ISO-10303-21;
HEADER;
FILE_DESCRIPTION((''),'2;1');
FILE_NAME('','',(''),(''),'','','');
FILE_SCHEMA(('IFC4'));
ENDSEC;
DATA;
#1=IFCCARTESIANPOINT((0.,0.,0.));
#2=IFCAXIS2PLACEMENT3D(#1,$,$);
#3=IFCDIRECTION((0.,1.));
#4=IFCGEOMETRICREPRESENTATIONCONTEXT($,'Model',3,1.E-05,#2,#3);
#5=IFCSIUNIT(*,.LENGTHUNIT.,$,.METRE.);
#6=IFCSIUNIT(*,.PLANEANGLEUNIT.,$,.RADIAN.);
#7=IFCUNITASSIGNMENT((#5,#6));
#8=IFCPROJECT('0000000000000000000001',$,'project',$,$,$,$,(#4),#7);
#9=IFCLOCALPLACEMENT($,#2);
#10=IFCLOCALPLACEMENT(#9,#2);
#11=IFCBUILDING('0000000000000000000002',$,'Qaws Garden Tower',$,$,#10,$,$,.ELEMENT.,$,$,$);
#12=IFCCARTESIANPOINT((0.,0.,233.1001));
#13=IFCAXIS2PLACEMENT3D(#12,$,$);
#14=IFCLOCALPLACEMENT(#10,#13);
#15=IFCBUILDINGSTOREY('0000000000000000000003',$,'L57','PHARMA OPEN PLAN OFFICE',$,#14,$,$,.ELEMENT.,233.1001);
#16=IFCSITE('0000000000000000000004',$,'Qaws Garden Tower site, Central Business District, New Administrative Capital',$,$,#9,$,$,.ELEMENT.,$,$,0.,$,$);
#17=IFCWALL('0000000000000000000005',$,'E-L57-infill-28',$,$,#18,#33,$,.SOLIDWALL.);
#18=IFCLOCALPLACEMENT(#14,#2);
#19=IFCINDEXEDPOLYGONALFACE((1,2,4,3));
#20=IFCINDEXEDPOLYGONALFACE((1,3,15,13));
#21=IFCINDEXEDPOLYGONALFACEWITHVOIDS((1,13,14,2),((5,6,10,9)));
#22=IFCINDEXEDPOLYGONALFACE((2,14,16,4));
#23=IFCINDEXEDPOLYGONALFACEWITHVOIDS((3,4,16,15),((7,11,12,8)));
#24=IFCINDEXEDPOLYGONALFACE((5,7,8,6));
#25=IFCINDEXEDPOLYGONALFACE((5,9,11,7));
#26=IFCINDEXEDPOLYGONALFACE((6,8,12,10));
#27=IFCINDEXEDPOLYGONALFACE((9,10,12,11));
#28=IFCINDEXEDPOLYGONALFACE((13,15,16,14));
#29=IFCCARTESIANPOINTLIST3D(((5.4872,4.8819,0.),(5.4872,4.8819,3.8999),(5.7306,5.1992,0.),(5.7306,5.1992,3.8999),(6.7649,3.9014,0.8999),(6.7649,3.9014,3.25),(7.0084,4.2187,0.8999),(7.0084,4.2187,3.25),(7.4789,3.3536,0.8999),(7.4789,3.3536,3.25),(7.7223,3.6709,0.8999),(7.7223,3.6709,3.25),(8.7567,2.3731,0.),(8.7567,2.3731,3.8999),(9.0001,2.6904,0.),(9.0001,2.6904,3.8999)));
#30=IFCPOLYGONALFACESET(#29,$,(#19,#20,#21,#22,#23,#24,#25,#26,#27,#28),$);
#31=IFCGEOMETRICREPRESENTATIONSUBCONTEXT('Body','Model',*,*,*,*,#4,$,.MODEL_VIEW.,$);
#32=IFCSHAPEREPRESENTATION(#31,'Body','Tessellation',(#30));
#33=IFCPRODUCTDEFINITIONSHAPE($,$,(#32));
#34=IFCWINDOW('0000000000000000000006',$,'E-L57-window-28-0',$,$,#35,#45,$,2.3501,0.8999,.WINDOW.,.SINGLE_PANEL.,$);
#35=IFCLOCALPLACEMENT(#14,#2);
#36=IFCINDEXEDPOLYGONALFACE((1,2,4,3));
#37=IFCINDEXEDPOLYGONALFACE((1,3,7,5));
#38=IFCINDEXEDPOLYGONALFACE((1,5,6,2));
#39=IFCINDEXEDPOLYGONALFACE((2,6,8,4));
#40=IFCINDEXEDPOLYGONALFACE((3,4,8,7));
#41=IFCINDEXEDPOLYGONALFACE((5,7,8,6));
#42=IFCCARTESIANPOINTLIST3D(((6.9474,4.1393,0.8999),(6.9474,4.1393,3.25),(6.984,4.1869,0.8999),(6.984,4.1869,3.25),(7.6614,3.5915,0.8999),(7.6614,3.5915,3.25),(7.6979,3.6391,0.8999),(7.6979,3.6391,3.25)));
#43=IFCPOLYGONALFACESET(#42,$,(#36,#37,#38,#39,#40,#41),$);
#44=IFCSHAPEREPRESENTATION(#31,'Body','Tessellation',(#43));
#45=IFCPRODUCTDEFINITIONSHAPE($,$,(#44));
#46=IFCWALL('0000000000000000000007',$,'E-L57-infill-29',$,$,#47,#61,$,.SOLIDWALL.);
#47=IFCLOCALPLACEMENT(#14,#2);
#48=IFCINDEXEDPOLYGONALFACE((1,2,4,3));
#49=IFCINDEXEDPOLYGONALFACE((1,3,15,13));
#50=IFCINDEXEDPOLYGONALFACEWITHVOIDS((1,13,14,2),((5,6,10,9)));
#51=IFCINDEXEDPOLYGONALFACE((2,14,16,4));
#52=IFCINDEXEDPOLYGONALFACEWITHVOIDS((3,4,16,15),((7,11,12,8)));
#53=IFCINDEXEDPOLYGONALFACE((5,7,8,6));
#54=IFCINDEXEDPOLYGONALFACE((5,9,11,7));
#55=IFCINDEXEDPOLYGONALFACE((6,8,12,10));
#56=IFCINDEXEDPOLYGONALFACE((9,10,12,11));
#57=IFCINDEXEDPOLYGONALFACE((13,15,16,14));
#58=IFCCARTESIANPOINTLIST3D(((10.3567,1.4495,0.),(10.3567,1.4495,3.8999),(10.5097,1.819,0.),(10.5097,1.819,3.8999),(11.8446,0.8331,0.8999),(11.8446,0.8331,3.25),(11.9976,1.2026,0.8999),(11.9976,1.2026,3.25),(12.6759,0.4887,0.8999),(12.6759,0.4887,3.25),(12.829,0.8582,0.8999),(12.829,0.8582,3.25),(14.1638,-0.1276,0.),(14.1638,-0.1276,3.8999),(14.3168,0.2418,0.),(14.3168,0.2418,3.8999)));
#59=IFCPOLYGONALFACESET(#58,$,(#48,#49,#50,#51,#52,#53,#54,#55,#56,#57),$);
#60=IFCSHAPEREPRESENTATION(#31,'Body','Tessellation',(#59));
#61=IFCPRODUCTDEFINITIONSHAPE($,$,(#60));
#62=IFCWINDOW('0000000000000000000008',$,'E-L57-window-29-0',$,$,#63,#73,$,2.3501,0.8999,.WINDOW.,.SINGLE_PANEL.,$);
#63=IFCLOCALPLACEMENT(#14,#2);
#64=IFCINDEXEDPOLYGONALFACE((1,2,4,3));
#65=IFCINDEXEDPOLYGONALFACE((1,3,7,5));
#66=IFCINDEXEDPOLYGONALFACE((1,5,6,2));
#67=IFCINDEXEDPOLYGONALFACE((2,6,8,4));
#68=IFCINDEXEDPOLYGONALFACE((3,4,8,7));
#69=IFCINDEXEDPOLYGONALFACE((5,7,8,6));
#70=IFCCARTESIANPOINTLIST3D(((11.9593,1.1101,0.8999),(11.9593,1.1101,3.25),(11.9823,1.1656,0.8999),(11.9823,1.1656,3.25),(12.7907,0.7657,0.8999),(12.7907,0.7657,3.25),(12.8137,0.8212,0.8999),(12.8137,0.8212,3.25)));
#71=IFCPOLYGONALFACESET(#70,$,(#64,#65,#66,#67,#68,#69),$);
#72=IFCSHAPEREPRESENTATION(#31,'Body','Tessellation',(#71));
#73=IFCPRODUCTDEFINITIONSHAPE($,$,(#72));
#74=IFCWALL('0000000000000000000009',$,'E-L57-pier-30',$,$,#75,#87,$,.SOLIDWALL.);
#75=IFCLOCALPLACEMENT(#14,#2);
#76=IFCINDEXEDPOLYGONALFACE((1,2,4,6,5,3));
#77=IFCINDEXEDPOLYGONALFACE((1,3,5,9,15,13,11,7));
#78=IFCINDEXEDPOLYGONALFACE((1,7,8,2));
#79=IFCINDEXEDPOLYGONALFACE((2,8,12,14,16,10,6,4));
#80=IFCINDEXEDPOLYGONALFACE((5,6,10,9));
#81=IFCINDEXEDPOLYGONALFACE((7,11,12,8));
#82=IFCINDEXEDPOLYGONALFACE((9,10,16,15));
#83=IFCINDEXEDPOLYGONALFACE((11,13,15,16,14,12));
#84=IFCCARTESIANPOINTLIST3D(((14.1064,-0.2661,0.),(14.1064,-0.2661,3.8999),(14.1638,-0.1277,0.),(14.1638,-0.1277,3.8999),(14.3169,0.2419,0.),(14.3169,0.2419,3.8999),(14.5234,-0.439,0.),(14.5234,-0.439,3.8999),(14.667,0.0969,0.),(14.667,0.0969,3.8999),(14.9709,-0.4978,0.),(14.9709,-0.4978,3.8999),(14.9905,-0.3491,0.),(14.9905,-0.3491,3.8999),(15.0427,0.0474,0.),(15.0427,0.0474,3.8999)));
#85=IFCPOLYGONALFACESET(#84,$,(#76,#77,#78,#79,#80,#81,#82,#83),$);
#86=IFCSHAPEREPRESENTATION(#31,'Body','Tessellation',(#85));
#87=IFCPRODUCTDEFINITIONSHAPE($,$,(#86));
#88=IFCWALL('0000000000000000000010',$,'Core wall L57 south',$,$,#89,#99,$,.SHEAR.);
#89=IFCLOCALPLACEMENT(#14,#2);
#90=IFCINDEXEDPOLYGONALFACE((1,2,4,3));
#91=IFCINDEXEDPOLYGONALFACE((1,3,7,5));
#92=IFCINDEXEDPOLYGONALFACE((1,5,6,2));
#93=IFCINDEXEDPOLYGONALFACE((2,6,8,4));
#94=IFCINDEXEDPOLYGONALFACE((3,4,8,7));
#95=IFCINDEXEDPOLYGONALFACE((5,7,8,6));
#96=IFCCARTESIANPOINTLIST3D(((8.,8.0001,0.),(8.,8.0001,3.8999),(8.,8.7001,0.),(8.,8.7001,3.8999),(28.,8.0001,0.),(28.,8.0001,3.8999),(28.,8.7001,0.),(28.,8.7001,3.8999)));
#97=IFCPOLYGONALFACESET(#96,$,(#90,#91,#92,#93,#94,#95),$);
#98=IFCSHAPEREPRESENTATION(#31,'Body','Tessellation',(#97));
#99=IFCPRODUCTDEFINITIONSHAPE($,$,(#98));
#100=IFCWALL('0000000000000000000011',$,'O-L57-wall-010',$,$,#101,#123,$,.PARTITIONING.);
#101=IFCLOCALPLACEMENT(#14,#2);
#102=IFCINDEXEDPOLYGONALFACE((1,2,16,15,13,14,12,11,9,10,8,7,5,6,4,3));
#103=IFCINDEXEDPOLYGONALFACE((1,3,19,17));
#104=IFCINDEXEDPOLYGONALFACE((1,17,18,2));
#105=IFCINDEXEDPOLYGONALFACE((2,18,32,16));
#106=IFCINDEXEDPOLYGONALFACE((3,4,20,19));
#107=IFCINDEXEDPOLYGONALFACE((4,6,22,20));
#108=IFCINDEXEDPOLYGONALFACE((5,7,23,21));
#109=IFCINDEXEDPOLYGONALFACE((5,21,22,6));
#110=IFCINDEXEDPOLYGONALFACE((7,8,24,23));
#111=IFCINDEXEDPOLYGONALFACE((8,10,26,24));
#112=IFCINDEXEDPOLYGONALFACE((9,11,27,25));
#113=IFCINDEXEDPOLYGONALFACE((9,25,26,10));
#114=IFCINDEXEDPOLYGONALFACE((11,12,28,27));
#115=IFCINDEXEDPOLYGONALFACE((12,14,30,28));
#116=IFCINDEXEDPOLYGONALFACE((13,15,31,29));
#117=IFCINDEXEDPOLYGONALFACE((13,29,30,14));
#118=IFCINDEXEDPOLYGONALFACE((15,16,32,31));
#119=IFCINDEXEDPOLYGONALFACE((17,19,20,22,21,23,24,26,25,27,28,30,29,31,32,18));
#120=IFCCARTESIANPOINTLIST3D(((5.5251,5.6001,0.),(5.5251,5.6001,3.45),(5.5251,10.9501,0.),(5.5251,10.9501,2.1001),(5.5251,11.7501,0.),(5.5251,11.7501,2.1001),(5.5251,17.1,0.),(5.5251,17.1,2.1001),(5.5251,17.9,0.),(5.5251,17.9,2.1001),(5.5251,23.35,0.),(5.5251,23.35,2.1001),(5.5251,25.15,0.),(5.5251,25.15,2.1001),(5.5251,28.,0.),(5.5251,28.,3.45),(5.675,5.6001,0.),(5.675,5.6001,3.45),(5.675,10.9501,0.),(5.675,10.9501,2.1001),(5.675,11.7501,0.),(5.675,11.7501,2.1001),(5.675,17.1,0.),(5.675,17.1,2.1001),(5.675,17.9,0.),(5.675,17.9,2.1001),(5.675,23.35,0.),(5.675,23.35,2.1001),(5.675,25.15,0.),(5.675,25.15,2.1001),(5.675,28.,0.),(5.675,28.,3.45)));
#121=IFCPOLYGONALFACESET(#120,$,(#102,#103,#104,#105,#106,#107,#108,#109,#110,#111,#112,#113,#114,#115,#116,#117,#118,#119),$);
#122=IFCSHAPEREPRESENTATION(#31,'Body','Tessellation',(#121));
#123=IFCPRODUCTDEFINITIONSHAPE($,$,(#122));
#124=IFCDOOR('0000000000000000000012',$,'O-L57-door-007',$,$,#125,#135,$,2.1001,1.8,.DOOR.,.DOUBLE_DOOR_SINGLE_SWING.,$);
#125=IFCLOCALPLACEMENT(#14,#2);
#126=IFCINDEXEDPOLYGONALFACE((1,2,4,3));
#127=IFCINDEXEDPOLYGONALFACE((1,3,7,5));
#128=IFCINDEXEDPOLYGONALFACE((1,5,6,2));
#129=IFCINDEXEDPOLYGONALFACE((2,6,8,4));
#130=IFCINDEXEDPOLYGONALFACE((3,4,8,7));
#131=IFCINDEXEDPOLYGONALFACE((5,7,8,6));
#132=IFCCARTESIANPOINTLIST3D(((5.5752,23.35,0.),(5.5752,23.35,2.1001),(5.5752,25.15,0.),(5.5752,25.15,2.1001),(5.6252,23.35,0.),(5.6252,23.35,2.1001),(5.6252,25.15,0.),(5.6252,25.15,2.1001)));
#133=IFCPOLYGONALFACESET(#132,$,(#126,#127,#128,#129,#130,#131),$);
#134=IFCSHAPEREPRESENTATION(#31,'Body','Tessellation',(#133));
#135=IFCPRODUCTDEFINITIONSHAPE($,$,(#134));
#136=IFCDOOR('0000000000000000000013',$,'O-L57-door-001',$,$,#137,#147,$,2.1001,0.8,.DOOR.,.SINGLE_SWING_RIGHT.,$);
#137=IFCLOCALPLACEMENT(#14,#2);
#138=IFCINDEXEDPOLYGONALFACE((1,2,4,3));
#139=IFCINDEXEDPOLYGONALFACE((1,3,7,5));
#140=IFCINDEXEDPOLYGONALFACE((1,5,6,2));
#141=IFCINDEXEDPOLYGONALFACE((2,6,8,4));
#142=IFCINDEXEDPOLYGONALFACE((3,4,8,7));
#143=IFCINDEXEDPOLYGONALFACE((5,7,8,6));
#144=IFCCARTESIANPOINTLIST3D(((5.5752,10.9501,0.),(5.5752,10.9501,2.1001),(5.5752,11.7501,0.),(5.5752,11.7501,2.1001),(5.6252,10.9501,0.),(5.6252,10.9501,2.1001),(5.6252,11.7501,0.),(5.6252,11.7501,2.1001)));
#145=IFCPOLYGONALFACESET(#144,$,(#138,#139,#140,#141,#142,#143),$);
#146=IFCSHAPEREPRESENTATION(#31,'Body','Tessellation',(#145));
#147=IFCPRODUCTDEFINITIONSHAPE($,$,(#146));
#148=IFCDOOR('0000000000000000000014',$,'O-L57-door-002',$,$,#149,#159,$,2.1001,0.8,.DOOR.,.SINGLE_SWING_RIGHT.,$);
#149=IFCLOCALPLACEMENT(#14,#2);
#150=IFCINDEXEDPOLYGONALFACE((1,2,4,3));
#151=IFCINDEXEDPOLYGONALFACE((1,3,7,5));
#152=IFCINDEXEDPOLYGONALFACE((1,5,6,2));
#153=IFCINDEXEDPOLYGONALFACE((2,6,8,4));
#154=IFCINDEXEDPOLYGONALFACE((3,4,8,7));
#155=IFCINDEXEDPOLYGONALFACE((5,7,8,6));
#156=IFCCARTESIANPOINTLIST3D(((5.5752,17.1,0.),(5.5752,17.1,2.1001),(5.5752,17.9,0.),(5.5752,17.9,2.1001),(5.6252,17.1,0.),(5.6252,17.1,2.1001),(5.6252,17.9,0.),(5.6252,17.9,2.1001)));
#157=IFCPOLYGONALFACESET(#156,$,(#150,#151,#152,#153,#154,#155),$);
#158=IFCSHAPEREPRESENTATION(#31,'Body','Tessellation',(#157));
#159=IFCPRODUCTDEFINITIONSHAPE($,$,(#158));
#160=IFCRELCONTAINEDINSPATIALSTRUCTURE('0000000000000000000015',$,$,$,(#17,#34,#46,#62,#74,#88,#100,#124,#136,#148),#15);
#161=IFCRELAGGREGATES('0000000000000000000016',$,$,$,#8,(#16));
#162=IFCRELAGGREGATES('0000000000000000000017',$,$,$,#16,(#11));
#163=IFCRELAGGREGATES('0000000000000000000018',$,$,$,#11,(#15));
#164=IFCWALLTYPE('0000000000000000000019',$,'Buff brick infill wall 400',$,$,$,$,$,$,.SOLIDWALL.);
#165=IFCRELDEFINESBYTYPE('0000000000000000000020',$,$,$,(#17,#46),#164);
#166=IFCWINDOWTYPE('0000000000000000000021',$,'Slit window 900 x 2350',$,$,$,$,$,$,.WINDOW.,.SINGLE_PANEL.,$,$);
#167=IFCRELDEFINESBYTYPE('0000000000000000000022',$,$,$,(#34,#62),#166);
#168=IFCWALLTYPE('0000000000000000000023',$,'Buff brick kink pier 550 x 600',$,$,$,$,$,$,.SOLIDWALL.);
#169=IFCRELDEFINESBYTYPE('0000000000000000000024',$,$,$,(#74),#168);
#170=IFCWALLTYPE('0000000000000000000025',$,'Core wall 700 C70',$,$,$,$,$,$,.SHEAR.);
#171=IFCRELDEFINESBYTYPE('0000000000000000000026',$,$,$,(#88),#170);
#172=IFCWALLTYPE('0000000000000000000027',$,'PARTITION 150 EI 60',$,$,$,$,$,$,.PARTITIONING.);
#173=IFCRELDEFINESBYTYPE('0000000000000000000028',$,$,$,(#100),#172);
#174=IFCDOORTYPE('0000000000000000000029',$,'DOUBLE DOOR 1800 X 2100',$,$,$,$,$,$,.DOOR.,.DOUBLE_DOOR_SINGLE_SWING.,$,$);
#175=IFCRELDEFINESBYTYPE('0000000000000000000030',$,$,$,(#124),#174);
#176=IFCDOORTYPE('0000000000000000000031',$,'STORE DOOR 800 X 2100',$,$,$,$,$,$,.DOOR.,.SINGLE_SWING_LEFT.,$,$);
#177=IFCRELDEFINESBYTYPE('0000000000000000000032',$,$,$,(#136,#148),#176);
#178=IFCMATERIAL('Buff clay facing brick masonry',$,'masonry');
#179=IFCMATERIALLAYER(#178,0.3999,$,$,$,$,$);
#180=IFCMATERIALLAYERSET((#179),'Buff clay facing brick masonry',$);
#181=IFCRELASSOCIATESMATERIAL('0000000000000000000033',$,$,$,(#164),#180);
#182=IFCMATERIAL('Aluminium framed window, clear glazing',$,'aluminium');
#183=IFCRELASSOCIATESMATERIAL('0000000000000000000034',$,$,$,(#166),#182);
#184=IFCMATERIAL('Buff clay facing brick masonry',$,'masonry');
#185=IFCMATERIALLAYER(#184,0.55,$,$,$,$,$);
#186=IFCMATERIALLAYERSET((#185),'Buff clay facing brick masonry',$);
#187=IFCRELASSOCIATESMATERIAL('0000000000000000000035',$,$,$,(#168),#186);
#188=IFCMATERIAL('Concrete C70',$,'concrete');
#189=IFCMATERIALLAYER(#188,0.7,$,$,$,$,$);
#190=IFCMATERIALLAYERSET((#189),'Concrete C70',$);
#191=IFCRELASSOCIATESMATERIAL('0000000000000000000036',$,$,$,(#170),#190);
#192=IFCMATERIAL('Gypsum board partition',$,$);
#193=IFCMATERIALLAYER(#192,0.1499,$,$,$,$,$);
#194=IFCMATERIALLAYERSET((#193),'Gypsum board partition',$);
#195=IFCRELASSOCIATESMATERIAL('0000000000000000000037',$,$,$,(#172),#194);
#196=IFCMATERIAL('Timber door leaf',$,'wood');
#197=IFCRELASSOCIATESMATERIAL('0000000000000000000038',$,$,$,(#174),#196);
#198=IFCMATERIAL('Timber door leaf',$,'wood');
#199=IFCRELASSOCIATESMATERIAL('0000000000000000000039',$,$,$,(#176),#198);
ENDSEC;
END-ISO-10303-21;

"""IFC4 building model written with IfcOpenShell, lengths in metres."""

from ifc_helpers import new_model, si_unit, direction, frame, frame_2d, origin, place, context, subcontext, project, spatial, polyline, rectangle, outline, extrude, material, layer, layer_set, type_object, element, fill, save


model = new_model("IFC4")

# Units and contexts
model_context = context("Model", 3, precision=1e-05, world=origin(), true_north=direction((0.0, 1.0)))
body_context = subcontext(model_context, "Body", "Model", "MODEL_VIEW")
ifc_project = project(units=[si_unit("LENGTHUNIT", "METRE"), si_unit("PLANEANGLEUNIT", "RADIAN")], contexts=[model_context])

# Site, building, storey
site_placement = place(None, origin())
site = spatial("IfcSite", under=ifc_project, at=site_placement, Name="Qaws Garden Tower site, Central Business District, New Administrative Capital", CompositionType="ELEMENT", RefElevation=0.0)
building_placement = place(site_placement, origin())
building = spatial("IfcBuilding", under=site, at=building_placement, Name="Qaws Garden Tower", CompositionType="ELEMENT")
storey_placement = place(building_placement, frame((0.0, 0.0, 233.1001)))
storey = spatial("IfcBuildingStorey", under=building, at=storey_placement, Name="L57", Description="PHARMA OPEN PLAN OFFICE", CompositionType="ELEMENT", Elevation=233.1001)

# Shared definitions
placement_1 = place(storey_placement, origin())

# Walls, openings, windows
ifc_material_1 = material(Name="Buff clay facing brick masonry", Category="masonry")
ifc_layer_1 = layer(ifc_material_1, 0.3999)
ifc_layer_set_1 = layer_set([ifc_layer_1], Name="Buff clay facing brick masonry")
wall_type_1 = type_object("IfcWallType", Name="Buff brick infill wall 400", PredefinedType="SOLIDWALL", material=ifc_layer_set_1)
ifc_material_2 = material(Name="Aluminium framed window, clear glazing", Category="aluminium")
window_type = type_object("IfcWindowType", Name="Slit window 900 x 2350", PartitioningType="SINGLE_PANEL", PredefinedType="WINDOW", material=ifc_material_2)
wall_1_placement = place(storey_placement, frame((5.6089, 5.0405, 0.0), z_axis=(0.0, 0.0, 1.0), x_axis=(0.793355, -0.60876, 0.0)))
wall_1 = element("IfcWall", 1, at=wall_1_placement, inside=storey, type_object=wall_type_1, Name="E-L57-infill-28", PredefinedType="SOLIDWALL", context=body_context, shape_type="SweptSolid", body=[
    extrude(rectangle(XDim=4.1211, YDim=0.3999, at=frame_2d((2.0605, 0.0))), origin(), (0.0, 0.0, 1.0), 3.8999),
])
opening_1_placement = place(wall_1_placement, frame((1.6106, 0.0, 0.8999)))
opening_1 = element("IfcOpeningElement", 2, at=opening_1_placement, cuts=wall_1, PredefinedType="OPENING", context=body_context, shape_type="SweptSolid", body=[
    extrude(rectangle(XDim=0.8999, YDim=2.3501, at=frame_2d((0.45, 1.175))), frame((0.0, 0.21, 0.0), z_axis=(0.0, -1.0, 0.0), x_axis=(1.0, 0.0, 0.0)), (0.0, 0.0, 1.0), 0.4199),
])
window_1_placement = place(opening_1_placement, origin())
window_1 = element("IfcWindow", 3, at=window_1_placement, inside=storey, type_object=window_type, Name="E-L57-window-28-0", OverallHeight=2.3501, OverallWidth=0.8999, PartitioningType="SINGLE_PANEL", PredefinedType="WINDOW", context=body_context, shape_type="SweptSolid", body=[
    extrude(rectangle(XDim=0.8999, YDim=2.3501, at=frame_2d((0.45, 1.175))), frame((0.0, 0.1599, 0.0), z_axis=(0.0, -1.0, 0.0), x_axis=(1.0, 0.0, 0.0)), (0.0, 0.0, 1.0), 0.0601),
])
fill(opening_1, window_1)
wall_2_placement = place(storey_placement, frame((10.4331, 1.6343, 0.0), z_axis=(0.0, 0.0, 1.0), x_axis=(0.923864, -0.382722, 0.0)))
wall_2 = element("IfcWall", 4, at=wall_2_placement, inside=storey, type_object=wall_type_1, Name="E-L57-infill-29", PredefinedType="SOLIDWALL", context=body_context, shape_type="SweptSolid", body=[
    extrude(rectangle(XDim=4.1208, YDim=0.3999, at=frame_2d((2.0605, 0.0))), origin(), (0.0, 0.0, 1.0), 3.8999),
])
opening_2_placement = place(wall_2_placement, frame((1.6106, 0.0, 0.8999)))
opening_2 = element("IfcOpeningElement", 5, at=opening_2_placement, cuts=wall_2, PredefinedType="OPENING", context=body_context, shape_type="SweptSolid", body=[
    extrude(rectangle(XDim=0.8999, YDim=2.3501, at=frame_2d((0.45, 1.175))), frame((0.0, 0.21, 0.0), z_axis=(0.0, -1.0, 0.0), x_axis=(1.0, 0.0, 0.0)), (0.0, 0.0, 1.0), 0.4199),
])
window_2_placement = place(opening_2_placement, origin())
window_2 = element("IfcWindow", 6, at=window_2_placement, inside=storey, type_object=window_type, Name="E-L57-window-29-0", OverallHeight=2.3501, OverallWidth=0.8999, PartitioningType="SINGLE_PANEL", PredefinedType="WINDOW", context=body_context, shape_type="SweptSolid", body=[
    extrude(rectangle(XDim=0.8999, YDim=2.3501, at=frame_2d((0.45, 1.175))), frame((0.0, 0.1599, 0.0), z_axis=(0.0, -1.0, 0.0), x_axis=(1.0, 0.0, 0.0)), (0.0, 0.0, 1.0), 0.0601),
])
fill(opening_2, window_2)

# Walls
ifc_material_3 = material(Name="Buff clay facing brick masonry", Category="masonry")
ifc_layer_2 = layer(ifc_material_3, 0.55)
ifc_layer_set_2 = layer_set([ifc_layer_2], Name="Buff clay facing brick masonry")
wall_type_2 = type_object("IfcWallType", Name="Buff brick kink pier 550 x 600", PredefinedType="SOLIDWALL", material=ifc_layer_set_2)
element("IfcWall", 7, at=placement_1, inside=storey, type_object=wall_type_2, Name="E-L57-pier-30", PredefinedType="SOLIDWALL", context=body_context, shape_type="SweptSolid", body=[
    extrude(outline(polyline([(14.1638, -0.1277), (14.1064, -0.2661), (14.5234, -0.439), (14.9709, -0.4978), (14.9905, -0.3491), (15.0427, 0.0474), (14.667, 0.0969), (14.3169, 0.2419), (14.1638, -0.1277)])), origin(), (0.0, 0.0, 1.0), 3.8999),
])
ifc_material_4 = material(Name="Concrete C70", Category="concrete")
ifc_layer_3 = layer(ifc_material_4, 0.7)
ifc_layer_set_3 = layer_set([ifc_layer_3], Name="Concrete C70")
wall_type_3 = type_object("IfcWallType", Name="Core wall 700 C70", PredefinedType="SHEAR", material=ifc_layer_set_3)
wall_3_placement = place(storey_placement, frame((8.0, 8.3501, 0.0), z_axis=(0.0, 0.0, 1.0), x_axis=(1.0, 0.0, 0.0)))
element("IfcWall", 8, at=wall_3_placement, inside=storey, type_object=wall_type_3, Name="Core wall L57 south", PredefinedType="SHEAR", context=body_context, shape_type="SweptSolid", body=[
    extrude(rectangle(XDim=20.0, YDim=0.7, at=frame_2d((10.0, 0.0))), origin(), (0.0, 0.0, 1.0), 3.8999),
])

# Wall, openings, doors
ifc_material_5 = material(Name="Gypsum board partition")
ifc_layer_4 = layer(ifc_material_5, 0.1499)
ifc_layer_set_4 = layer_set([ifc_layer_4], Name="Gypsum board partition")
wall_type_4 = type_object("IfcWallType", Name="PARTITION 150 EI 60", PredefinedType="PARTITIONING", material=ifc_layer_set_4)
wall_4_placement = place(storey_placement, frame((5.6001, 5.6001, 0.0), z_axis=(0.0, 0.0, 1.0), x_axis=(0.0, 1.0, 0.0)))
wall_4 = element("IfcWall", 9, at=wall_4_placement, inside=storey, type_object=wall_type_4, Name="O-L57-wall-010", PredefinedType="PARTITIONING", context=body_context, shape_type="SweptSolid", body=[
    extrude(rectangle(XDim=22.3999, YDim=0.1499, at=frame_2d((11.2, 0.0))), origin(), (0.0, 0.0, 1.0), 3.45),
])
opening_3_placement = place(wall_4_placement, frame((5.3501, 0.0, 0.0)))
opening_3 = element("IfcOpeningElement", 10, at=opening_3_placement, cuts=wall_4, PredefinedType="OPENING", context=body_context, shape_type="SweptSolid", body=[
    extrude(rectangle(XDim=0.8, YDim=2.1001, at=frame_2d((0.3999, 1.05))), frame((0.0, 0.085, 0.0), z_axis=(0.0, -1.0, 0.0), x_axis=(1.0, 0.0, 0.0)), (0.0, 0.0, 1.0), 0.1699),
])
opening_4_placement = place(wall_4_placement, frame((11.5, 0.0, 0.0)))
opening_4 = element("IfcOpeningElement", 11, at=opening_4_placement, cuts=wall_4, PredefinedType="OPENING", context=body_context, shape_type="SweptSolid", body=[
    extrude(rectangle(XDim=0.8, YDim=2.1001, at=frame_2d((0.3999, 1.05))), frame((0.0, 0.085, 0.0), z_axis=(0.0, -1.0, 0.0), x_axis=(1.0, 0.0, 0.0)), (0.0, 0.0, 1.0), 0.1699),
])
opening_5_placement = place(wall_4_placement, frame((17.75, 0.0, 0.0)))
opening_5 = element("IfcOpeningElement", 12, at=opening_5_placement, cuts=wall_4, PredefinedType="OPENING", context=body_context, shape_type="SweptSolid", body=[
    extrude(rectangle(XDim=1.8, YDim=2.1001, at=frame_2d((0.8999, 1.05))), frame((0.0, 0.085, 0.0), z_axis=(0.0, -1.0, 0.0), x_axis=(1.0, 0.0, 0.0)), (0.0, 0.0, 1.0), 0.1699),
])
ifc_material_6 = material(Name="Timber door leaf", Category="wood")
door_type_1 = type_object("IfcDoorType", Name="DOUBLE DOOR 1800 X 2100", OperationType="DOUBLE_DOOR_SINGLE_SWING", PredefinedType="DOOR", material=ifc_material_6)
door_1_placement = place(opening_5_placement, origin())
door_1 = element("IfcDoor", 13, at=door_1_placement, inside=storey, type_object=door_type_1, Name="O-L57-door-007", OperationType="DOUBLE_DOOR_SINGLE_SWING", OverallHeight=2.1001, OverallWidth=1.8, PredefinedType="DOOR", context=body_context, shape_type="SweptSolid", body=[
    extrude(rectangle(XDim=1.8, YDim=2.1001, at=frame_2d((0.8999, 1.05))), frame((0.0, 0.0249, 0.0), z_axis=(0.0, -1.0, 0.0), x_axis=(1.0, 0.0, 0.0)), (0.0, 0.0, 1.0), 0.05),
])
fill(opening_5, door_1)
ifc_material_7 = material(Name="Timber door leaf", Category="wood")
door_type_2 = type_object("IfcDoorType", Name="STORE DOOR 800 X 2100", OperationType="SINGLE_SWING_LEFT", PredefinedType="DOOR", material=ifc_material_7)
door_2_placement = place(opening_3_placement, origin())
door_2 = element("IfcDoor", 14, at=door_2_placement, inside=storey, type_object=door_type_2, Name="O-L57-door-001", OperationType="SINGLE_SWING_RIGHT", OverallHeight=2.1001, OverallWidth=0.8, PredefinedType="DOOR", context=body_context, shape_type="SweptSolid", body=[
    extrude(rectangle(XDim=0.8, YDim=2.1001, at=frame_2d((0.3999, 1.05))), frame((0.0, 0.0249, 0.0), z_axis=(0.0, -1.0, 0.0), x_axis=(1.0, 0.0, 0.0)), (0.0, 0.0, 1.0), 0.05),
])
fill(opening_3, door_2)
door_3_placement = place(opening_4_placement, origin())
door_3 = element("IfcDoor", 15, at=door_3_placement, inside=storey, type_object=door_type_2, Name="O-L57-door-002", OperationType="SINGLE_SWING_RIGHT", OverallHeight=2.1001, OverallWidth=0.8, PredefinedType="DOOR", context=body_context, shape_type="SweptSolid", body=[
    extrude(rectangle(XDim=0.8, YDim=2.1001, at=frame_2d((0.3999, 1.05))), frame((0.0, 0.0249, 0.0), z_axis=(0.0, -1.0, 0.0), x_axis=(1.0, 0.0, 0.0)), (0.0, 0.0, 1.0), 0.05),
])
fill(opening_4, door_3)

save(model, "model.ifc")
